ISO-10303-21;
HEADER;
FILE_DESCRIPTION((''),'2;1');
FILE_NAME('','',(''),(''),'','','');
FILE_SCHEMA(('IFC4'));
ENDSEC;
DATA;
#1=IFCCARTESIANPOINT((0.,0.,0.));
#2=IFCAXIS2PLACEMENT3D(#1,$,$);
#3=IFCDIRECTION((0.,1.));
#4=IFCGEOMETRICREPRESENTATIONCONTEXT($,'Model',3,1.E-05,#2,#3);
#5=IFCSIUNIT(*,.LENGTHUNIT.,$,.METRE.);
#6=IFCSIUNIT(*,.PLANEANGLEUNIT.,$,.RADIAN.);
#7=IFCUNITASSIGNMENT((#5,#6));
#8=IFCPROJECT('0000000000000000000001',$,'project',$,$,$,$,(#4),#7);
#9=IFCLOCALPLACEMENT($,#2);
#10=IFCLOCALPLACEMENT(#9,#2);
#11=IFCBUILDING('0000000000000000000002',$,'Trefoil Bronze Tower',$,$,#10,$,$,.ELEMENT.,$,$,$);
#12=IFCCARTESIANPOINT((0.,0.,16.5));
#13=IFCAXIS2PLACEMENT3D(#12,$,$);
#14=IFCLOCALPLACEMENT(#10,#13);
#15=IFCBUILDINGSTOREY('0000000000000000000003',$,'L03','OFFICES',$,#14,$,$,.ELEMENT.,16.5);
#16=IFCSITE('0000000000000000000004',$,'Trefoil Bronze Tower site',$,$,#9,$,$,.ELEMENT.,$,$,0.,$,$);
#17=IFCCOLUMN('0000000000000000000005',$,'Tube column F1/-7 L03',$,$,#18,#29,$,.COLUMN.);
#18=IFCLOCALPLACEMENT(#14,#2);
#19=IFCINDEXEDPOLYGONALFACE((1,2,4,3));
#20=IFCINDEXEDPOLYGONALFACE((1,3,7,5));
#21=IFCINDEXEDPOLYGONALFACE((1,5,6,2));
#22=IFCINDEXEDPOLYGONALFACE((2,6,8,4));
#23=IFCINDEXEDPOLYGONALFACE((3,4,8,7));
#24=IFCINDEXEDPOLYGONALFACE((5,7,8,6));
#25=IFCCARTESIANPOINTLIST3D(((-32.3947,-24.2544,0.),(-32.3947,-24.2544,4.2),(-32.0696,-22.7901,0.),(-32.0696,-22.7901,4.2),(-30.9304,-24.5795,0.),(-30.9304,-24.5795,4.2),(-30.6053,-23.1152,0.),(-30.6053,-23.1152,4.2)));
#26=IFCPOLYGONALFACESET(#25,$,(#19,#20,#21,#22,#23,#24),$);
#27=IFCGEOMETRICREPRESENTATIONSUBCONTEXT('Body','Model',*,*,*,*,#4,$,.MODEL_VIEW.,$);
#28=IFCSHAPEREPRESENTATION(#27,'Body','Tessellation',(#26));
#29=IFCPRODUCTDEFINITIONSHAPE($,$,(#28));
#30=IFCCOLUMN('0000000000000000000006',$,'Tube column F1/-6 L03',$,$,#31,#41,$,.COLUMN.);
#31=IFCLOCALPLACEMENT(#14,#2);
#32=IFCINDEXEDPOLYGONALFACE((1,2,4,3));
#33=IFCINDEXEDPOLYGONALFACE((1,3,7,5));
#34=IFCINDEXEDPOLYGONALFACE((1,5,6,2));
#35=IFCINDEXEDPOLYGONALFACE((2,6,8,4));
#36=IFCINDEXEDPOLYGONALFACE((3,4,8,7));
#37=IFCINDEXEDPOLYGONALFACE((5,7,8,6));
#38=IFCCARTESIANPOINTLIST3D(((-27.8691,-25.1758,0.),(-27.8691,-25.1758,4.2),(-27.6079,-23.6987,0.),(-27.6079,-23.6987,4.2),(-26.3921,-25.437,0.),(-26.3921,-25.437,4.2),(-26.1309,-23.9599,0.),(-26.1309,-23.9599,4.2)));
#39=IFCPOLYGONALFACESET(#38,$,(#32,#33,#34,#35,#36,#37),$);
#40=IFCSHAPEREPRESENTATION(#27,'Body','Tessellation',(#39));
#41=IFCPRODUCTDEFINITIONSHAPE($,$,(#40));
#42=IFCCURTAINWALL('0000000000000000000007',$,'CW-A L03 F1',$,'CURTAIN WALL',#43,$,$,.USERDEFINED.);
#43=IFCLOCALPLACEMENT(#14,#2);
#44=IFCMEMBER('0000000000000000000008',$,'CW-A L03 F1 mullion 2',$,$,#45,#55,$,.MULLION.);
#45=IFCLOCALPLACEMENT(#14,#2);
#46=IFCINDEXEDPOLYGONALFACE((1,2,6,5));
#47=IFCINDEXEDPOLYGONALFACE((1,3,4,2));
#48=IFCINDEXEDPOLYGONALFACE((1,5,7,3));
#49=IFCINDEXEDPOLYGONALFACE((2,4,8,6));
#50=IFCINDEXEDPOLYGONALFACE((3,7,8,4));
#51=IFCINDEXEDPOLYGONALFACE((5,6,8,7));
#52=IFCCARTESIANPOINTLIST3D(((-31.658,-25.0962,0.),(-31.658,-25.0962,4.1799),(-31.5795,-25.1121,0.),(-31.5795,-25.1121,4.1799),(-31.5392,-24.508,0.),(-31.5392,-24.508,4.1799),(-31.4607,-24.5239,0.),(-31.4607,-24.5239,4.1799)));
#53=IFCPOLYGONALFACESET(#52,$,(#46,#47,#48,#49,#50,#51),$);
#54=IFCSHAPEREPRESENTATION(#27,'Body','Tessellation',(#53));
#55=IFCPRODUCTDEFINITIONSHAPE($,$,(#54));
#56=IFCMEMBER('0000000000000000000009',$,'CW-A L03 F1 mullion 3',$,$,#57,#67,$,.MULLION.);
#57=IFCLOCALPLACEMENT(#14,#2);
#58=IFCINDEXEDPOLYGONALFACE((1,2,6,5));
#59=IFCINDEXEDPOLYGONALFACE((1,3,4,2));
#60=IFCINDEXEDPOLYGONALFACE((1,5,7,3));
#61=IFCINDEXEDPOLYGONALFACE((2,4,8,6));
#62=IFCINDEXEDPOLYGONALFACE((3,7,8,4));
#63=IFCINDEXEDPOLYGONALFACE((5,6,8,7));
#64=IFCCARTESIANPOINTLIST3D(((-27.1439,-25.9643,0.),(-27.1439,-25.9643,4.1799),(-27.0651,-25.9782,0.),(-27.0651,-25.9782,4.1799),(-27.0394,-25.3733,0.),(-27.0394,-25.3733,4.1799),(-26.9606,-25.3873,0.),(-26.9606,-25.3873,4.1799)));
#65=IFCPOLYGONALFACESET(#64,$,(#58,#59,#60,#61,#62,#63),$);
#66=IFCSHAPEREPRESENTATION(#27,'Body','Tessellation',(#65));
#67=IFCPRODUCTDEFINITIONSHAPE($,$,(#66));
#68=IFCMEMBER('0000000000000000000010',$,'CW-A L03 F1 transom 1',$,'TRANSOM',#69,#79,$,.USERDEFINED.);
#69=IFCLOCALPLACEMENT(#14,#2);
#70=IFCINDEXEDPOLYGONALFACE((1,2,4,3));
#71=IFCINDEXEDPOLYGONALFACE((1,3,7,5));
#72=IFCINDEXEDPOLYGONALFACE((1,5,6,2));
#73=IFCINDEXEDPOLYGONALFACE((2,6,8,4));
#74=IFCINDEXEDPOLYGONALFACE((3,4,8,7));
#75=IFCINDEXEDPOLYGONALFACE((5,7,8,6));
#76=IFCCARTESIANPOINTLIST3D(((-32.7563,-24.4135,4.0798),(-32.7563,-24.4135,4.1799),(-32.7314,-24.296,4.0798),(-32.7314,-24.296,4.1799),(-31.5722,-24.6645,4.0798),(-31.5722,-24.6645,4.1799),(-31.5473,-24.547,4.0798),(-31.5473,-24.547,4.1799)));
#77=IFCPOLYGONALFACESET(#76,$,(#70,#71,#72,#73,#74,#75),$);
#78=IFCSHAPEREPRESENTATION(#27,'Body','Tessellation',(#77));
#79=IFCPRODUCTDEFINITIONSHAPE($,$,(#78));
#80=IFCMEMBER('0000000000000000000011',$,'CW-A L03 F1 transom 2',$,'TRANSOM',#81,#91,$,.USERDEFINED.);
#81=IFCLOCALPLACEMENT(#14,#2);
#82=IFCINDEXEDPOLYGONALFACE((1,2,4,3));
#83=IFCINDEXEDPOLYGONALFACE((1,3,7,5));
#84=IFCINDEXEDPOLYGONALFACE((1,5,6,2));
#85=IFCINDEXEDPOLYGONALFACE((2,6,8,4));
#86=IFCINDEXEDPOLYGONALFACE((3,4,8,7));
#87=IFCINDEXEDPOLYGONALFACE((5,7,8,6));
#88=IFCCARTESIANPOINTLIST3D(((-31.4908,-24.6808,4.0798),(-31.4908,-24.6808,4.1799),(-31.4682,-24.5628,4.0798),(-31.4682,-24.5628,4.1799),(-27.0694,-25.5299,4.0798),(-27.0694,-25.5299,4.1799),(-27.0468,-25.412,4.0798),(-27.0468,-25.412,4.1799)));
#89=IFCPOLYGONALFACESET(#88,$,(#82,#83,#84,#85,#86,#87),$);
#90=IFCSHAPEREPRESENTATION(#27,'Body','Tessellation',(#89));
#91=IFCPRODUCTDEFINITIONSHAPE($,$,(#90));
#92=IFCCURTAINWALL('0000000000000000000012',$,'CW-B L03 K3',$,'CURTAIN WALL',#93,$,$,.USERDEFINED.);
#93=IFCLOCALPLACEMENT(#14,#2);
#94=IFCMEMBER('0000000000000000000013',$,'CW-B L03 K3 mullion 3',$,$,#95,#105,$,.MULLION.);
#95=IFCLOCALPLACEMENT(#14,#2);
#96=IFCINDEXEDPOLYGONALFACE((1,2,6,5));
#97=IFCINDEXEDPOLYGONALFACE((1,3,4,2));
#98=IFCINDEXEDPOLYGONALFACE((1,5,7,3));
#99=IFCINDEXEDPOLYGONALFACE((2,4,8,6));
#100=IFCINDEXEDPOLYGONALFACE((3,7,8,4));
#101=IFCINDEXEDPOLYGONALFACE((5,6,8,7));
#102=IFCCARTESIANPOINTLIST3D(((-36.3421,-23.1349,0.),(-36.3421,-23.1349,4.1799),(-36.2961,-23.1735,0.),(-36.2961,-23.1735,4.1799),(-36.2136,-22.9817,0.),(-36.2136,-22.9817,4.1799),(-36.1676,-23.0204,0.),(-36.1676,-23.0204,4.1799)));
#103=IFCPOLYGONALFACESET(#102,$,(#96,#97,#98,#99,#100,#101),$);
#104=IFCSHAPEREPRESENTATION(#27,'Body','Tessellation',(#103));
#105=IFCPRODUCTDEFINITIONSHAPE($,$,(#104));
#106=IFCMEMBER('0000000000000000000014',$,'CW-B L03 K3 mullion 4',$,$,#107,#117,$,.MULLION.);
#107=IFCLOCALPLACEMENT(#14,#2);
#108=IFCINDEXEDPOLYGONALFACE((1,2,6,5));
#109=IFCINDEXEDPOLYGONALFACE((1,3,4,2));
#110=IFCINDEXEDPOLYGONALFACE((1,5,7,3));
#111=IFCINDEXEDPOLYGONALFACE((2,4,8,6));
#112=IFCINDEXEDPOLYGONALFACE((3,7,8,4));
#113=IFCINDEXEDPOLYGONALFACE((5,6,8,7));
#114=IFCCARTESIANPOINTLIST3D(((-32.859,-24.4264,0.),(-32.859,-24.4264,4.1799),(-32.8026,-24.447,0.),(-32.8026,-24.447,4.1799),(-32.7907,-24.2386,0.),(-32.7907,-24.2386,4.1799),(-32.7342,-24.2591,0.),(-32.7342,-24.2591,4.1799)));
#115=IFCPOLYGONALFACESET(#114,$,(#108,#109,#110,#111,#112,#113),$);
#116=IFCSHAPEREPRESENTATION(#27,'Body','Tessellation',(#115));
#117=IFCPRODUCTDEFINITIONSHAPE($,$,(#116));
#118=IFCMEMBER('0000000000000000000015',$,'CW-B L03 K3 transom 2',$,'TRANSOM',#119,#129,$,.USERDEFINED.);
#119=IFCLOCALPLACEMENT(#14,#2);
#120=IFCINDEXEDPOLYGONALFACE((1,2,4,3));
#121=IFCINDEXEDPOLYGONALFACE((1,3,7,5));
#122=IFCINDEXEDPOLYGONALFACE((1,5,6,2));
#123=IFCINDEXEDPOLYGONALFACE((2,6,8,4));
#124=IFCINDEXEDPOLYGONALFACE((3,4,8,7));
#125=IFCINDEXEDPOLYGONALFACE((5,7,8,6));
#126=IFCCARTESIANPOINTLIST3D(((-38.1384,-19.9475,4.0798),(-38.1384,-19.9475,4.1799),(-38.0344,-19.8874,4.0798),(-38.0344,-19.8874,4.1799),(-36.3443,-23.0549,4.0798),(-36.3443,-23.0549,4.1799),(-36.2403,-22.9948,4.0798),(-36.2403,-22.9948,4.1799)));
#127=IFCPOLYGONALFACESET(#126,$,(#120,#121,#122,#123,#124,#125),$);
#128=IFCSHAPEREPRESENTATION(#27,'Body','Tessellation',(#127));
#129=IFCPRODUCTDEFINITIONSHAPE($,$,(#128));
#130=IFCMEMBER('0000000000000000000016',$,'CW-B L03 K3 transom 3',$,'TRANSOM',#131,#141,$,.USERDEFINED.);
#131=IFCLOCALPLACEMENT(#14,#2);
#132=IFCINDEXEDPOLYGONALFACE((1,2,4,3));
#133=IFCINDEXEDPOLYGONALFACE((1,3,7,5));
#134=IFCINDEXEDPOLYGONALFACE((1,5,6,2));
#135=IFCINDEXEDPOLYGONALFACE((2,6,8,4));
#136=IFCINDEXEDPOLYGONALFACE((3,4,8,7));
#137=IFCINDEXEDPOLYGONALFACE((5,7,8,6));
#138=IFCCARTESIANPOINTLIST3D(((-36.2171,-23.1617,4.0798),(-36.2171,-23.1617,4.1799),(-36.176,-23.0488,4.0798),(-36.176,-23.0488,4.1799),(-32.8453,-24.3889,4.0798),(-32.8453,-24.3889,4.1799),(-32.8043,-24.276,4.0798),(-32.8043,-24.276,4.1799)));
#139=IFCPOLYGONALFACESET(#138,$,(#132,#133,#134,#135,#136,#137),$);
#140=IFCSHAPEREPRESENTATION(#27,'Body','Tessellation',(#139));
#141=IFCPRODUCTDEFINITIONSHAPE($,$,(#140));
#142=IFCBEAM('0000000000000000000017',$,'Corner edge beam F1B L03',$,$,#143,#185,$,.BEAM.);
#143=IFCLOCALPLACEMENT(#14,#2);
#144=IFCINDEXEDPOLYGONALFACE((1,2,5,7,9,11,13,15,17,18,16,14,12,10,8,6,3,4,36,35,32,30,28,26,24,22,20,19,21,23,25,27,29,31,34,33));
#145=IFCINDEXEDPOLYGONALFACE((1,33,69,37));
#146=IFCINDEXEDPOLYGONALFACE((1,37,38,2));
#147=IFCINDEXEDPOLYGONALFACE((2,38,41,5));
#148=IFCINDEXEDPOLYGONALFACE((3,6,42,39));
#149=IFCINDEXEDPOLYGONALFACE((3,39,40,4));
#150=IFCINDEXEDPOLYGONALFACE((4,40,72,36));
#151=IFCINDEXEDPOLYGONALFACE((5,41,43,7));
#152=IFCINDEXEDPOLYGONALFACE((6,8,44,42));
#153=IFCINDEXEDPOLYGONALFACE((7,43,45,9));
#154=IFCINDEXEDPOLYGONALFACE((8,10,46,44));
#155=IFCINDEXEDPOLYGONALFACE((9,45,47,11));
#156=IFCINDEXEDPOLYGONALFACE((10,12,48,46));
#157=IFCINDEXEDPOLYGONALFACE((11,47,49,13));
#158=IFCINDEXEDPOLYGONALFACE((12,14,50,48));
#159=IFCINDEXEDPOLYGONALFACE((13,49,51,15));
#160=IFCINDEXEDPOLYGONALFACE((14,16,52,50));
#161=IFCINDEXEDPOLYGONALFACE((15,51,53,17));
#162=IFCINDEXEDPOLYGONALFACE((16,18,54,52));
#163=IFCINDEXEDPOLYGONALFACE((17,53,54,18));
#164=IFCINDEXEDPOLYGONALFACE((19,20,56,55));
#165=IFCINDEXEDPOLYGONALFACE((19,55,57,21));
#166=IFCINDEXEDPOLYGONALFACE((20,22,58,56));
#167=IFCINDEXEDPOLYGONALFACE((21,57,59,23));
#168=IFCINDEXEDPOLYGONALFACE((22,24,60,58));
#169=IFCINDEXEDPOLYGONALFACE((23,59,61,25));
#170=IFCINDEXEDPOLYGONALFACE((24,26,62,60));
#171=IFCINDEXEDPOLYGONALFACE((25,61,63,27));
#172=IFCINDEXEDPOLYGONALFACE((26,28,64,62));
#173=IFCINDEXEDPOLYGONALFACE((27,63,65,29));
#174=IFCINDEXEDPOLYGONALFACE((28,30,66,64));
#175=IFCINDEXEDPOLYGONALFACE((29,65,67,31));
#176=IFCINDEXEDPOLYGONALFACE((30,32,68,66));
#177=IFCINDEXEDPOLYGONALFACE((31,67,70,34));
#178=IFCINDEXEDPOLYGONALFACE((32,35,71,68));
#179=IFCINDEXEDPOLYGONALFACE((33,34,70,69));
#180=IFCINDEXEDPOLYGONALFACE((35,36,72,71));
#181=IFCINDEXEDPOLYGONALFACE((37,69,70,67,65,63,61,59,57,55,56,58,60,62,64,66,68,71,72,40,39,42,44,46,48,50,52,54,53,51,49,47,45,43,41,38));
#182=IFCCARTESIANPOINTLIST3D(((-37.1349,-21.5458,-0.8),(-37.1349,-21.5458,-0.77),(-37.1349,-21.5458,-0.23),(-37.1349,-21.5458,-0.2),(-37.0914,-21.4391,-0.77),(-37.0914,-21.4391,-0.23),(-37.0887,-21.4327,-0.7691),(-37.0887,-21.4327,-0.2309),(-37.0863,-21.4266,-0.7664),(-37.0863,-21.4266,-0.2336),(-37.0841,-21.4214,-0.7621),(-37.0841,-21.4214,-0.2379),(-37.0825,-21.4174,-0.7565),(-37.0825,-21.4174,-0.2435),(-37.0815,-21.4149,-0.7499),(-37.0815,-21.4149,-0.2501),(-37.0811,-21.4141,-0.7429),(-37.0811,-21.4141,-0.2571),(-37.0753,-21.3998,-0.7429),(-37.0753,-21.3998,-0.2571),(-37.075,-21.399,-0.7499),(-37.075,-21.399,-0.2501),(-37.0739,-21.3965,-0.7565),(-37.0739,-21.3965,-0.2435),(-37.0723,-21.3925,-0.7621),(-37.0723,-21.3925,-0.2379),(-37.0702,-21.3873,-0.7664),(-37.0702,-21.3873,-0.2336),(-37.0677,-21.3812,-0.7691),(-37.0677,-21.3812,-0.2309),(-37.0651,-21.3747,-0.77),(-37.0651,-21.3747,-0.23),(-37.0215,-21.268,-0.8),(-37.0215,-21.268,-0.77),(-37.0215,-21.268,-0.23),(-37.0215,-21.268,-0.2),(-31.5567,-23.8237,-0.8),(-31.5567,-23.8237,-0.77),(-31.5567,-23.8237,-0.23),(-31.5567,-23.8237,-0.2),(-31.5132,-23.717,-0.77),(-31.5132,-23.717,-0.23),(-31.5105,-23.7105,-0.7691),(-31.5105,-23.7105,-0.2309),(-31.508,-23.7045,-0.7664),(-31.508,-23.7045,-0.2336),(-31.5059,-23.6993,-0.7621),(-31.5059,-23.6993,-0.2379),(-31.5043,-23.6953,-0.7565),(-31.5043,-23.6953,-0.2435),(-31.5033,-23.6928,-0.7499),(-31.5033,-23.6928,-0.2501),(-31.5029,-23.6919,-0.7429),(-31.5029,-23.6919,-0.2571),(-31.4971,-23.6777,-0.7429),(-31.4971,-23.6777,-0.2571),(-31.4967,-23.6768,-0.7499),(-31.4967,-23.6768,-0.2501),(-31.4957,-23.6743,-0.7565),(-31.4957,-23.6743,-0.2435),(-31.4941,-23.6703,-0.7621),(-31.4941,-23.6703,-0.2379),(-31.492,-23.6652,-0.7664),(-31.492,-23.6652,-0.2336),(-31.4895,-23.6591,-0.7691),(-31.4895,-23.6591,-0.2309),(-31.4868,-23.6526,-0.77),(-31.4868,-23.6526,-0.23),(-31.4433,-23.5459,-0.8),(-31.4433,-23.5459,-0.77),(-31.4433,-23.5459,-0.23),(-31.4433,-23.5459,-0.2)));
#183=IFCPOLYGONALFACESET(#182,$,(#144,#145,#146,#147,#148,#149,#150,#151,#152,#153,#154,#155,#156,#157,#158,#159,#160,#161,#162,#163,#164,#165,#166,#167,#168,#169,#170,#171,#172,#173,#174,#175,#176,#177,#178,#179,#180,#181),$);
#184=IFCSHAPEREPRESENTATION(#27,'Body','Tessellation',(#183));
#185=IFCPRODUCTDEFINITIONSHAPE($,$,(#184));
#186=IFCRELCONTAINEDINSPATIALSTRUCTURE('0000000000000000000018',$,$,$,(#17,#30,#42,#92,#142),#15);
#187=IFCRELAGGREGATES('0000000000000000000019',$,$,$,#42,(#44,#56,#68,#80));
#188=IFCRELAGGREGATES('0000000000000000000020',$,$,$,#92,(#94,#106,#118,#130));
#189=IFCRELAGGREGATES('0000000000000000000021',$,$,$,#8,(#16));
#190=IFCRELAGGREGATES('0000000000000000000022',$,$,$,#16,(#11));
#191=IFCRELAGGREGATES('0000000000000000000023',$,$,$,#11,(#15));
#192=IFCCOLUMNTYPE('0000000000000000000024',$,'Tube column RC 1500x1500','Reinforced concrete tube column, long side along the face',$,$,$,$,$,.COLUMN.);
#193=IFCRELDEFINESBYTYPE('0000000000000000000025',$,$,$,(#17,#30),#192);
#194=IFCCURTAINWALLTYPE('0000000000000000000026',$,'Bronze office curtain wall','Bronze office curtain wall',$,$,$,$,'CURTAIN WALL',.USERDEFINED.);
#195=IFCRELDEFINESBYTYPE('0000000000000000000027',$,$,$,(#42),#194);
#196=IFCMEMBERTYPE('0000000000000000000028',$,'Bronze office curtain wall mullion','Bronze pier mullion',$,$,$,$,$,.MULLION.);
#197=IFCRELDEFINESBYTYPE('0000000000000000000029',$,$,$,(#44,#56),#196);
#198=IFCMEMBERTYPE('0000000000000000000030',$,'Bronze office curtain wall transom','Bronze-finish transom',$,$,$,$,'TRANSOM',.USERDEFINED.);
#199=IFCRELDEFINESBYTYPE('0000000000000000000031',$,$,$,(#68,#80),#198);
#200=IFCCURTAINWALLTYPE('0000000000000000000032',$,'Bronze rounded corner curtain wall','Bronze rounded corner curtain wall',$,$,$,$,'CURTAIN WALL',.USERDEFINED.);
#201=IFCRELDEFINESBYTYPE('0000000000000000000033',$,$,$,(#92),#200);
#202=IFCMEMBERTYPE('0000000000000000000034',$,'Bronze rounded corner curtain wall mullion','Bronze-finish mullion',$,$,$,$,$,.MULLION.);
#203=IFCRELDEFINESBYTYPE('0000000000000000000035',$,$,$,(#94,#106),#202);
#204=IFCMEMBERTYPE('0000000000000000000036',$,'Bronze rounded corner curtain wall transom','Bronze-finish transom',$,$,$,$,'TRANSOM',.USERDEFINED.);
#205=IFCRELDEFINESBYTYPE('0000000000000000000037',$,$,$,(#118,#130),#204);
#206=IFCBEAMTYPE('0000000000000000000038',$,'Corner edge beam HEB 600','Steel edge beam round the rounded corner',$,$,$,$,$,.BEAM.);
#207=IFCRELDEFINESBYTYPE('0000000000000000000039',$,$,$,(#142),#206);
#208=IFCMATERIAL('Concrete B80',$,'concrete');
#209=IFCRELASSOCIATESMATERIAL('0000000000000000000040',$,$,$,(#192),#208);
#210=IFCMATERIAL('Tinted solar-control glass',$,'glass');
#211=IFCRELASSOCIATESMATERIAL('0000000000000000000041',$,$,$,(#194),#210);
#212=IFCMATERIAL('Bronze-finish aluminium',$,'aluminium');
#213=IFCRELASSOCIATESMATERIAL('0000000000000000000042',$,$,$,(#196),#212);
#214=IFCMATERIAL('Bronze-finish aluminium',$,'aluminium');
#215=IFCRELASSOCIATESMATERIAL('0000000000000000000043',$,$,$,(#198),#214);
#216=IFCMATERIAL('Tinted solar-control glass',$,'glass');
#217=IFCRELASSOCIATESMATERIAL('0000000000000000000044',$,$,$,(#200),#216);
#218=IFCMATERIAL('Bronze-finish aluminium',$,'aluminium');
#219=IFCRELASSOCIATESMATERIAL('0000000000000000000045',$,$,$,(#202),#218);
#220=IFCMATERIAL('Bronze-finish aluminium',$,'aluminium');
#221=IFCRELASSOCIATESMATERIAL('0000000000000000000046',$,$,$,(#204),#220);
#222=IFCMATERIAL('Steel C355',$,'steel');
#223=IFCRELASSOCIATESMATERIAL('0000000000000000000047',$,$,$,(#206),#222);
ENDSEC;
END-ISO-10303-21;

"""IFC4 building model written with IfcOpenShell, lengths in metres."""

from ifc_helpers import new_model, si_unit, direction, frame, origin, origin_2d, place, context, subcontext, project, spatial, rectangle, i_section, extrude, material, material_profile, profile_set, type_object, element, aggregate, save


model = new_model("IFC4")

# Units and contexts
model_context = context("Model", 3, precision=1e-05, world=origin(), true_north=direction((0.0, 1.0)))
body_context = subcontext(model_context, "Body", "Model", "MODEL_VIEW")
ifc_project = project(units=[si_unit("LENGTHUNIT", "METRE"), si_unit("PLANEANGLEUNIT", "RADIAN")], contexts=[model_context])

# Site, building, storey
site_placement = place(None, origin())
site = spatial("IfcSite", under=ifc_project, at=site_placement, Name="Trefoil Bronze Tower site", CompositionType="ELEMENT", RefElevation=0.0)
building_placement = place(site_placement, origin())
building = spatial("IfcBuilding", under=site, at=building_placement, Name="Trefoil Bronze Tower", CompositionType="ELEMENT")
storey_placement = place(building_placement, frame((0.0, 0.0, 16.5)))
storey = spatial("IfcBuildingStorey", under=building, at=storey_placement, Name="L03", Description="OFFICES", CompositionType="ELEMENT", Elevation=16.5)

# Columns
ifc_material_1 = material(Name="Concrete B80", Category="concrete")
ifc_material_profile_1 = material_profile(ifc_material_1, rectangle(XDim=1.5, YDim=1.5, at=origin_2d()), Name="RC 1500x1500")
ifc_profile_set_1 = profile_set([ifc_material_profile_1], Name="Concrete B80")
column_type = type_object("IfcColumnType", Name="Tube column RC 1500x1500", Description="Reinforced concrete tube column, long side along the face", PredefinedType="COLUMN", material=ifc_profile_set_1)
for number, where, z_axis, x_axis, name in (
    (1, (-31.5, -23.6848, 0.0), (0.0, 0.0, 1.0), (0.97623, -0.216739, 0.0), "Tube column F1/-7 L03"),
    (2, (-27.0, -24.5679, 0.0), (0.0, 0.0, 1.0), (0.984722, -0.174131, 0.0), "Tube column F1/-6 L03"),
):
    element("IfcColumn", number, at=place(storey_placement, frame(where, z_axis=z_axis, x_axis=x_axis)), inside=storey, type_object=column_type, Name=name, PredefinedType="COLUMN", context=body_context, shape_type="SweptSolid", body=[
        extrude(rectangle(XDim=1.5, YDim=1.5, at=origin_2d()), origin(), (0.0, 0.0, 1.0), 4.2),
    ])

# Curtain walls, members
ifc_material_2 = material(Name="Tinted solar-control glass", Category="glass")
curtain_wall_type_1 = type_object("IfcCurtainWallType", Name="Bronze office curtain wall", Description="Bronze office curtain wall", ElementType="CURTAIN WALL", PredefinedType="USERDEFINED", material=ifc_material_2)
curtain_wall_1_placement = place(storey_placement, origin())
curtain_wall_1 = element("IfcCurtainWall", 3, at=curtain_wall_1_placement, inside=storey, type_object=curtain_wall_type_1, Name="CW-A L03 F1", ObjectType="CURTAIN WALL", PredefinedType="USERDEFINED")
ifc_material_3 = material(Name="Bronze-finish aluminium", Category="aluminium")
ifc_material_profile_2 = material_profile(ifc_material_3, rectangle(XDim=0.6001, YDim=0.0801, at=origin_2d()), Name="CW-A mullion")
ifc_profile_set_2 = profile_set([ifc_material_profile_2], Name="Bronze-finish aluminium")
member_type_1 = type_object("IfcMemberType", Name="Bronze office curtain wall mullion", Description="Bronze pier mullion", PredefinedType="MULLION", material=ifc_profile_set_2)
member_1_placement = place(storey_placement, frame((-31.5593, -24.8101, 0.0), z_axis=(0.0, 0.0, 1.0), x_axis=(0.19791, 0.98022, 0.0)))
member_1 = element("IfcMember", 4, at=member_1_placement, type_object=member_type_1, Name="CW-A L03 F1 mullion 2", PredefinedType="MULLION", context=body_context, shape_type="SweptSolid", body=[
    extrude(rectangle(XDim=0.6001, YDim=0.0801, at=origin_2d()), origin(), (0.0, 0.0, 1.0), 4.1799),
])
member_2_placement = place(storey_placement, frame((-27.0522, -25.6758, 0.0), z_axis=(0.0, 0.0, 1.0), x_axis=(0.174131, 0.984722, 0.0)))
member_2 = element("IfcMember", 5, at=member_2_placement, type_object=member_type_1, Name="CW-A L03 F1 mullion 3", PredefinedType="MULLION", context=body_context, shape_type="SweptSolid", body=[
    extrude(rectangle(XDim=0.6001, YDim=0.0801, at=origin_2d()), origin(), (0.0, 0.0, 1.0), 4.1799),
])
ifc_material_4 = material(Name="Bronze-finish aluminium", Category="aluminium")
ifc_material_profile_3 = material_profile(ifc_material_4, rectangle(XDim=0.1201, YDim=0.1001, at=origin_2d()), Name="CW-A transom")
ifc_profile_set_3 = profile_set([ifc_material_profile_3], Name="Bronze-finish aluminium")
member_type_2 = type_object("IfcMemberType", Name="Bronze office curtain wall transom", Description="Bronze-finish transom", ElementType="TRANSOM", PredefinedType="USERDEFINED", material=ifc_profile_set_3)
member_3_placement = place(storey_placement, frame((-32.7439, -24.3547, 4.1299), z_axis=(0.978266, -0.207352, 0.0), x_axis=(0.207352, 0.978266, 0.0)))
member_3 = element("IfcMember", 6, at=member_3_placement, type_object=member_type_2, Name="CW-A L03 F1 transom 1", ObjectType="TRANSOM", PredefinedType="USERDEFINED", context=body_context, shape_type="SweptSolid", body=[
    extrude(rectangle(XDim=0.1201, YDim=0.1001, at=origin_2d()), origin(), (0.0, 0.0, 1.0), 1.2104),
])
member_4_placement = place(storey_placement, frame((-31.4795, -24.6218, 4.1299), z_axis=(0.982054, -0.188602, 0.0), x_axis=(0.188602, 0.982054, 0.0)))
member_4 = element("IfcMember", 7, at=member_4_placement, type_object=member_type_2, Name="CW-A L03 F1 transom 2", ObjectType="TRANSOM", PredefinedType="USERDEFINED", context=body_context, shape_type="SweptSolid", body=[
    extrude(rectangle(XDim=0.1201, YDim=0.1001, at=origin_2d()), origin(), (0.0, 0.0, 1.0), 4.5022),
])
ifc_material_5 = material(Name="Tinted solar-control glass", Category="glass")
curtain_wall_type_2 = type_object("IfcCurtainWallType", Name="Bronze rounded corner curtain wall", Description="Bronze rounded corner curtain wall", ElementType="CURTAIN WALL", PredefinedType="USERDEFINED", material=ifc_material_5)
curtain_wall_2_placement = place(storey_placement, origin())
curtain_wall_2 = element("IfcCurtainWall", 8, at=curtain_wall_2_placement, inside=storey, type_object=curtain_wall_type_2, Name="CW-B L03 K3", ObjectType="CURTAIN WALL", PredefinedType="USERDEFINED")
ifc_material_6 = material(Name="Bronze-finish aluminium", Category="aluminium")
ifc_material_profile_4 = material_profile(ifc_material_6, rectangle(XDim=0.2, YDim=0.0601, at=origin_2d()), Name="CW-B mullion")
ifc_profile_set_4 = profile_set([ifc_material_profile_4], Name="Bronze-finish aluminium")
member_type_3 = type_object("IfcMemberType", Name="Bronze rounded corner curtain wall mullion", Description="Bronze-finish mullion", PredefinedType="MULLION", material=ifc_profile_set_4)
member_5_placement = place(storey_placement, frame((-36.2549, -23.0776, 0.0), z_axis=(0.0, 0.0, 1.0), x_axis=(0.642788, 0.766044, 0.0)))
member_5 = element("IfcMember", 9, at=member_5_placement, type_object=member_type_3, Name="CW-B L03 K3 mullion 3", PredefinedType="MULLION", context=body_context, shape_type="SweptSolid", body=[
    extrude(rectangle(XDim=0.2, YDim=0.0601, at=origin_2d()), origin(), (0.0, 0.0, 1.0), 4.1799),
])
member_6_placement = place(storey_placement, frame((-32.7966, -24.3428, 0.0), z_axis=(0.0, 0.0, 1.0), x_axis=(0.34202, 0.939693, 0.0)))
member_6 = element("IfcMember", 10, at=member_6_placement, type_object=member_type_3, Name="CW-B L03 K3 mullion 4", PredefinedType="MULLION", context=body_context, shape_type="SweptSolid", body=[
    extrude(rectangle(XDim=0.2, YDim=0.0601, at=origin_2d()), origin(), (0.0, 0.0, 1.0), 4.1799),
])
ifc_material_7 = material(Name="Bronze-finish aluminium", Category="aluminium")
ifc_material_profile_5 = material_profile(ifc_material_7, rectangle(XDim=0.1201, YDim=0.1001, at=origin_2d()), Name="CW-B transom")
ifc_profile_set_5 = profile_set([ifc_material_profile_5], Name="Bronze-finish aluminium")
member_type_4 = type_object("IfcMemberType", Name="Bronze rounded corner curtain wall transom", Description="Bronze-finish transom", ElementType="TRANSOM", PredefinedType="USERDEFINED", material=ifc_profile_set_5)
member_7_placement = place(storey_placement, frame((-38.0864, -19.9175, 4.1299), z_axis=(0.500025, -0.866011, 0.0), x_axis=(0.866011, 0.500025, 0.0)))
member_7 = element("IfcMember", 11, at=member_7_placement, type_object=member_type_4, Name="CW-B L03 K3 transom 2", ObjectType="TRANSOM", PredefinedType="USERDEFINED", context=body_context, shape_type="SweptSolid", body=[
    extrude(rectangle(XDim=0.1201, YDim=0.1001, at=origin_2d()), origin(), (0.0, 0.0, 1.0), 3.5881),
])
member_8_placement = place(storey_placement, frame((-36.1965, -23.1052, 4.1299), z_axis=(0.939688, -0.342033, 0.0), x_axis=(0.342033, 0.939688, 0.0)))
member_8 = element("IfcMember", 12, at=member_8_placement, type_object=member_type_4, Name="CW-B L03 K3 transom 3", ObjectType="TRANSOM", PredefinedType="USERDEFINED", context=body_context, shape_type="SweptSolid", body=[
    extrude(rectangle(XDim=0.1201, YDim=0.1001, at=origin_2d()), origin(), (0.0, 0.0, 1.0), 3.5881),
])

# Beam
ifc_material_8 = material(Name="Steel C355", Category="steel")
ifc_material_profile_6 = material_profile(ifc_material_8, i_section(OverallWidth=0.3, OverallDepth=0.6001, WebThickness=0.0154, FlangeThickness=0.03, FilletRadius=0.0271, at=origin_2d()), Name="HEB 600")
ifc_profile_set_6 = profile_set([ifc_material_profile_6], Name="Steel C355")
beam_type_1 = type_object("IfcBeamType", Name="Corner edge beam HEB 600", Description="Steel edge beam round the rounded corner", PredefinedType="BEAM", material=ifc_profile_set_6)
beam_1_placement = place(storey_placement, frame((-31.5, -23.6848, -0.5), z_axis=(-0.925787, 0.378046, 0.0), x_axis=(-0.378046, -0.925787, 0.0)))
element("IfcBeam", 13, at=beam_1_placement, inside=storey, type_object=beam_type_1, Name="Corner edge beam F1B L03", PredefinedType="BEAM", context=body_context, shape_type="SweptSolid", body=[
    extrude(i_section(OverallWidth=0.3, OverallDepth=0.6001, WebThickness=0.0154, FlangeThickness=0.03, FilletRadius=0.0271, at=origin_2d()), origin(), (0.0, 0.0, 1.0), 6.0254),
])

aggregate(curtain_wall_1, [member_1, member_2, member_3, member_4])
aggregate(curtain_wall_2, [member_5, member_6, member_7, member_8])

save(model, "model.ifc")
